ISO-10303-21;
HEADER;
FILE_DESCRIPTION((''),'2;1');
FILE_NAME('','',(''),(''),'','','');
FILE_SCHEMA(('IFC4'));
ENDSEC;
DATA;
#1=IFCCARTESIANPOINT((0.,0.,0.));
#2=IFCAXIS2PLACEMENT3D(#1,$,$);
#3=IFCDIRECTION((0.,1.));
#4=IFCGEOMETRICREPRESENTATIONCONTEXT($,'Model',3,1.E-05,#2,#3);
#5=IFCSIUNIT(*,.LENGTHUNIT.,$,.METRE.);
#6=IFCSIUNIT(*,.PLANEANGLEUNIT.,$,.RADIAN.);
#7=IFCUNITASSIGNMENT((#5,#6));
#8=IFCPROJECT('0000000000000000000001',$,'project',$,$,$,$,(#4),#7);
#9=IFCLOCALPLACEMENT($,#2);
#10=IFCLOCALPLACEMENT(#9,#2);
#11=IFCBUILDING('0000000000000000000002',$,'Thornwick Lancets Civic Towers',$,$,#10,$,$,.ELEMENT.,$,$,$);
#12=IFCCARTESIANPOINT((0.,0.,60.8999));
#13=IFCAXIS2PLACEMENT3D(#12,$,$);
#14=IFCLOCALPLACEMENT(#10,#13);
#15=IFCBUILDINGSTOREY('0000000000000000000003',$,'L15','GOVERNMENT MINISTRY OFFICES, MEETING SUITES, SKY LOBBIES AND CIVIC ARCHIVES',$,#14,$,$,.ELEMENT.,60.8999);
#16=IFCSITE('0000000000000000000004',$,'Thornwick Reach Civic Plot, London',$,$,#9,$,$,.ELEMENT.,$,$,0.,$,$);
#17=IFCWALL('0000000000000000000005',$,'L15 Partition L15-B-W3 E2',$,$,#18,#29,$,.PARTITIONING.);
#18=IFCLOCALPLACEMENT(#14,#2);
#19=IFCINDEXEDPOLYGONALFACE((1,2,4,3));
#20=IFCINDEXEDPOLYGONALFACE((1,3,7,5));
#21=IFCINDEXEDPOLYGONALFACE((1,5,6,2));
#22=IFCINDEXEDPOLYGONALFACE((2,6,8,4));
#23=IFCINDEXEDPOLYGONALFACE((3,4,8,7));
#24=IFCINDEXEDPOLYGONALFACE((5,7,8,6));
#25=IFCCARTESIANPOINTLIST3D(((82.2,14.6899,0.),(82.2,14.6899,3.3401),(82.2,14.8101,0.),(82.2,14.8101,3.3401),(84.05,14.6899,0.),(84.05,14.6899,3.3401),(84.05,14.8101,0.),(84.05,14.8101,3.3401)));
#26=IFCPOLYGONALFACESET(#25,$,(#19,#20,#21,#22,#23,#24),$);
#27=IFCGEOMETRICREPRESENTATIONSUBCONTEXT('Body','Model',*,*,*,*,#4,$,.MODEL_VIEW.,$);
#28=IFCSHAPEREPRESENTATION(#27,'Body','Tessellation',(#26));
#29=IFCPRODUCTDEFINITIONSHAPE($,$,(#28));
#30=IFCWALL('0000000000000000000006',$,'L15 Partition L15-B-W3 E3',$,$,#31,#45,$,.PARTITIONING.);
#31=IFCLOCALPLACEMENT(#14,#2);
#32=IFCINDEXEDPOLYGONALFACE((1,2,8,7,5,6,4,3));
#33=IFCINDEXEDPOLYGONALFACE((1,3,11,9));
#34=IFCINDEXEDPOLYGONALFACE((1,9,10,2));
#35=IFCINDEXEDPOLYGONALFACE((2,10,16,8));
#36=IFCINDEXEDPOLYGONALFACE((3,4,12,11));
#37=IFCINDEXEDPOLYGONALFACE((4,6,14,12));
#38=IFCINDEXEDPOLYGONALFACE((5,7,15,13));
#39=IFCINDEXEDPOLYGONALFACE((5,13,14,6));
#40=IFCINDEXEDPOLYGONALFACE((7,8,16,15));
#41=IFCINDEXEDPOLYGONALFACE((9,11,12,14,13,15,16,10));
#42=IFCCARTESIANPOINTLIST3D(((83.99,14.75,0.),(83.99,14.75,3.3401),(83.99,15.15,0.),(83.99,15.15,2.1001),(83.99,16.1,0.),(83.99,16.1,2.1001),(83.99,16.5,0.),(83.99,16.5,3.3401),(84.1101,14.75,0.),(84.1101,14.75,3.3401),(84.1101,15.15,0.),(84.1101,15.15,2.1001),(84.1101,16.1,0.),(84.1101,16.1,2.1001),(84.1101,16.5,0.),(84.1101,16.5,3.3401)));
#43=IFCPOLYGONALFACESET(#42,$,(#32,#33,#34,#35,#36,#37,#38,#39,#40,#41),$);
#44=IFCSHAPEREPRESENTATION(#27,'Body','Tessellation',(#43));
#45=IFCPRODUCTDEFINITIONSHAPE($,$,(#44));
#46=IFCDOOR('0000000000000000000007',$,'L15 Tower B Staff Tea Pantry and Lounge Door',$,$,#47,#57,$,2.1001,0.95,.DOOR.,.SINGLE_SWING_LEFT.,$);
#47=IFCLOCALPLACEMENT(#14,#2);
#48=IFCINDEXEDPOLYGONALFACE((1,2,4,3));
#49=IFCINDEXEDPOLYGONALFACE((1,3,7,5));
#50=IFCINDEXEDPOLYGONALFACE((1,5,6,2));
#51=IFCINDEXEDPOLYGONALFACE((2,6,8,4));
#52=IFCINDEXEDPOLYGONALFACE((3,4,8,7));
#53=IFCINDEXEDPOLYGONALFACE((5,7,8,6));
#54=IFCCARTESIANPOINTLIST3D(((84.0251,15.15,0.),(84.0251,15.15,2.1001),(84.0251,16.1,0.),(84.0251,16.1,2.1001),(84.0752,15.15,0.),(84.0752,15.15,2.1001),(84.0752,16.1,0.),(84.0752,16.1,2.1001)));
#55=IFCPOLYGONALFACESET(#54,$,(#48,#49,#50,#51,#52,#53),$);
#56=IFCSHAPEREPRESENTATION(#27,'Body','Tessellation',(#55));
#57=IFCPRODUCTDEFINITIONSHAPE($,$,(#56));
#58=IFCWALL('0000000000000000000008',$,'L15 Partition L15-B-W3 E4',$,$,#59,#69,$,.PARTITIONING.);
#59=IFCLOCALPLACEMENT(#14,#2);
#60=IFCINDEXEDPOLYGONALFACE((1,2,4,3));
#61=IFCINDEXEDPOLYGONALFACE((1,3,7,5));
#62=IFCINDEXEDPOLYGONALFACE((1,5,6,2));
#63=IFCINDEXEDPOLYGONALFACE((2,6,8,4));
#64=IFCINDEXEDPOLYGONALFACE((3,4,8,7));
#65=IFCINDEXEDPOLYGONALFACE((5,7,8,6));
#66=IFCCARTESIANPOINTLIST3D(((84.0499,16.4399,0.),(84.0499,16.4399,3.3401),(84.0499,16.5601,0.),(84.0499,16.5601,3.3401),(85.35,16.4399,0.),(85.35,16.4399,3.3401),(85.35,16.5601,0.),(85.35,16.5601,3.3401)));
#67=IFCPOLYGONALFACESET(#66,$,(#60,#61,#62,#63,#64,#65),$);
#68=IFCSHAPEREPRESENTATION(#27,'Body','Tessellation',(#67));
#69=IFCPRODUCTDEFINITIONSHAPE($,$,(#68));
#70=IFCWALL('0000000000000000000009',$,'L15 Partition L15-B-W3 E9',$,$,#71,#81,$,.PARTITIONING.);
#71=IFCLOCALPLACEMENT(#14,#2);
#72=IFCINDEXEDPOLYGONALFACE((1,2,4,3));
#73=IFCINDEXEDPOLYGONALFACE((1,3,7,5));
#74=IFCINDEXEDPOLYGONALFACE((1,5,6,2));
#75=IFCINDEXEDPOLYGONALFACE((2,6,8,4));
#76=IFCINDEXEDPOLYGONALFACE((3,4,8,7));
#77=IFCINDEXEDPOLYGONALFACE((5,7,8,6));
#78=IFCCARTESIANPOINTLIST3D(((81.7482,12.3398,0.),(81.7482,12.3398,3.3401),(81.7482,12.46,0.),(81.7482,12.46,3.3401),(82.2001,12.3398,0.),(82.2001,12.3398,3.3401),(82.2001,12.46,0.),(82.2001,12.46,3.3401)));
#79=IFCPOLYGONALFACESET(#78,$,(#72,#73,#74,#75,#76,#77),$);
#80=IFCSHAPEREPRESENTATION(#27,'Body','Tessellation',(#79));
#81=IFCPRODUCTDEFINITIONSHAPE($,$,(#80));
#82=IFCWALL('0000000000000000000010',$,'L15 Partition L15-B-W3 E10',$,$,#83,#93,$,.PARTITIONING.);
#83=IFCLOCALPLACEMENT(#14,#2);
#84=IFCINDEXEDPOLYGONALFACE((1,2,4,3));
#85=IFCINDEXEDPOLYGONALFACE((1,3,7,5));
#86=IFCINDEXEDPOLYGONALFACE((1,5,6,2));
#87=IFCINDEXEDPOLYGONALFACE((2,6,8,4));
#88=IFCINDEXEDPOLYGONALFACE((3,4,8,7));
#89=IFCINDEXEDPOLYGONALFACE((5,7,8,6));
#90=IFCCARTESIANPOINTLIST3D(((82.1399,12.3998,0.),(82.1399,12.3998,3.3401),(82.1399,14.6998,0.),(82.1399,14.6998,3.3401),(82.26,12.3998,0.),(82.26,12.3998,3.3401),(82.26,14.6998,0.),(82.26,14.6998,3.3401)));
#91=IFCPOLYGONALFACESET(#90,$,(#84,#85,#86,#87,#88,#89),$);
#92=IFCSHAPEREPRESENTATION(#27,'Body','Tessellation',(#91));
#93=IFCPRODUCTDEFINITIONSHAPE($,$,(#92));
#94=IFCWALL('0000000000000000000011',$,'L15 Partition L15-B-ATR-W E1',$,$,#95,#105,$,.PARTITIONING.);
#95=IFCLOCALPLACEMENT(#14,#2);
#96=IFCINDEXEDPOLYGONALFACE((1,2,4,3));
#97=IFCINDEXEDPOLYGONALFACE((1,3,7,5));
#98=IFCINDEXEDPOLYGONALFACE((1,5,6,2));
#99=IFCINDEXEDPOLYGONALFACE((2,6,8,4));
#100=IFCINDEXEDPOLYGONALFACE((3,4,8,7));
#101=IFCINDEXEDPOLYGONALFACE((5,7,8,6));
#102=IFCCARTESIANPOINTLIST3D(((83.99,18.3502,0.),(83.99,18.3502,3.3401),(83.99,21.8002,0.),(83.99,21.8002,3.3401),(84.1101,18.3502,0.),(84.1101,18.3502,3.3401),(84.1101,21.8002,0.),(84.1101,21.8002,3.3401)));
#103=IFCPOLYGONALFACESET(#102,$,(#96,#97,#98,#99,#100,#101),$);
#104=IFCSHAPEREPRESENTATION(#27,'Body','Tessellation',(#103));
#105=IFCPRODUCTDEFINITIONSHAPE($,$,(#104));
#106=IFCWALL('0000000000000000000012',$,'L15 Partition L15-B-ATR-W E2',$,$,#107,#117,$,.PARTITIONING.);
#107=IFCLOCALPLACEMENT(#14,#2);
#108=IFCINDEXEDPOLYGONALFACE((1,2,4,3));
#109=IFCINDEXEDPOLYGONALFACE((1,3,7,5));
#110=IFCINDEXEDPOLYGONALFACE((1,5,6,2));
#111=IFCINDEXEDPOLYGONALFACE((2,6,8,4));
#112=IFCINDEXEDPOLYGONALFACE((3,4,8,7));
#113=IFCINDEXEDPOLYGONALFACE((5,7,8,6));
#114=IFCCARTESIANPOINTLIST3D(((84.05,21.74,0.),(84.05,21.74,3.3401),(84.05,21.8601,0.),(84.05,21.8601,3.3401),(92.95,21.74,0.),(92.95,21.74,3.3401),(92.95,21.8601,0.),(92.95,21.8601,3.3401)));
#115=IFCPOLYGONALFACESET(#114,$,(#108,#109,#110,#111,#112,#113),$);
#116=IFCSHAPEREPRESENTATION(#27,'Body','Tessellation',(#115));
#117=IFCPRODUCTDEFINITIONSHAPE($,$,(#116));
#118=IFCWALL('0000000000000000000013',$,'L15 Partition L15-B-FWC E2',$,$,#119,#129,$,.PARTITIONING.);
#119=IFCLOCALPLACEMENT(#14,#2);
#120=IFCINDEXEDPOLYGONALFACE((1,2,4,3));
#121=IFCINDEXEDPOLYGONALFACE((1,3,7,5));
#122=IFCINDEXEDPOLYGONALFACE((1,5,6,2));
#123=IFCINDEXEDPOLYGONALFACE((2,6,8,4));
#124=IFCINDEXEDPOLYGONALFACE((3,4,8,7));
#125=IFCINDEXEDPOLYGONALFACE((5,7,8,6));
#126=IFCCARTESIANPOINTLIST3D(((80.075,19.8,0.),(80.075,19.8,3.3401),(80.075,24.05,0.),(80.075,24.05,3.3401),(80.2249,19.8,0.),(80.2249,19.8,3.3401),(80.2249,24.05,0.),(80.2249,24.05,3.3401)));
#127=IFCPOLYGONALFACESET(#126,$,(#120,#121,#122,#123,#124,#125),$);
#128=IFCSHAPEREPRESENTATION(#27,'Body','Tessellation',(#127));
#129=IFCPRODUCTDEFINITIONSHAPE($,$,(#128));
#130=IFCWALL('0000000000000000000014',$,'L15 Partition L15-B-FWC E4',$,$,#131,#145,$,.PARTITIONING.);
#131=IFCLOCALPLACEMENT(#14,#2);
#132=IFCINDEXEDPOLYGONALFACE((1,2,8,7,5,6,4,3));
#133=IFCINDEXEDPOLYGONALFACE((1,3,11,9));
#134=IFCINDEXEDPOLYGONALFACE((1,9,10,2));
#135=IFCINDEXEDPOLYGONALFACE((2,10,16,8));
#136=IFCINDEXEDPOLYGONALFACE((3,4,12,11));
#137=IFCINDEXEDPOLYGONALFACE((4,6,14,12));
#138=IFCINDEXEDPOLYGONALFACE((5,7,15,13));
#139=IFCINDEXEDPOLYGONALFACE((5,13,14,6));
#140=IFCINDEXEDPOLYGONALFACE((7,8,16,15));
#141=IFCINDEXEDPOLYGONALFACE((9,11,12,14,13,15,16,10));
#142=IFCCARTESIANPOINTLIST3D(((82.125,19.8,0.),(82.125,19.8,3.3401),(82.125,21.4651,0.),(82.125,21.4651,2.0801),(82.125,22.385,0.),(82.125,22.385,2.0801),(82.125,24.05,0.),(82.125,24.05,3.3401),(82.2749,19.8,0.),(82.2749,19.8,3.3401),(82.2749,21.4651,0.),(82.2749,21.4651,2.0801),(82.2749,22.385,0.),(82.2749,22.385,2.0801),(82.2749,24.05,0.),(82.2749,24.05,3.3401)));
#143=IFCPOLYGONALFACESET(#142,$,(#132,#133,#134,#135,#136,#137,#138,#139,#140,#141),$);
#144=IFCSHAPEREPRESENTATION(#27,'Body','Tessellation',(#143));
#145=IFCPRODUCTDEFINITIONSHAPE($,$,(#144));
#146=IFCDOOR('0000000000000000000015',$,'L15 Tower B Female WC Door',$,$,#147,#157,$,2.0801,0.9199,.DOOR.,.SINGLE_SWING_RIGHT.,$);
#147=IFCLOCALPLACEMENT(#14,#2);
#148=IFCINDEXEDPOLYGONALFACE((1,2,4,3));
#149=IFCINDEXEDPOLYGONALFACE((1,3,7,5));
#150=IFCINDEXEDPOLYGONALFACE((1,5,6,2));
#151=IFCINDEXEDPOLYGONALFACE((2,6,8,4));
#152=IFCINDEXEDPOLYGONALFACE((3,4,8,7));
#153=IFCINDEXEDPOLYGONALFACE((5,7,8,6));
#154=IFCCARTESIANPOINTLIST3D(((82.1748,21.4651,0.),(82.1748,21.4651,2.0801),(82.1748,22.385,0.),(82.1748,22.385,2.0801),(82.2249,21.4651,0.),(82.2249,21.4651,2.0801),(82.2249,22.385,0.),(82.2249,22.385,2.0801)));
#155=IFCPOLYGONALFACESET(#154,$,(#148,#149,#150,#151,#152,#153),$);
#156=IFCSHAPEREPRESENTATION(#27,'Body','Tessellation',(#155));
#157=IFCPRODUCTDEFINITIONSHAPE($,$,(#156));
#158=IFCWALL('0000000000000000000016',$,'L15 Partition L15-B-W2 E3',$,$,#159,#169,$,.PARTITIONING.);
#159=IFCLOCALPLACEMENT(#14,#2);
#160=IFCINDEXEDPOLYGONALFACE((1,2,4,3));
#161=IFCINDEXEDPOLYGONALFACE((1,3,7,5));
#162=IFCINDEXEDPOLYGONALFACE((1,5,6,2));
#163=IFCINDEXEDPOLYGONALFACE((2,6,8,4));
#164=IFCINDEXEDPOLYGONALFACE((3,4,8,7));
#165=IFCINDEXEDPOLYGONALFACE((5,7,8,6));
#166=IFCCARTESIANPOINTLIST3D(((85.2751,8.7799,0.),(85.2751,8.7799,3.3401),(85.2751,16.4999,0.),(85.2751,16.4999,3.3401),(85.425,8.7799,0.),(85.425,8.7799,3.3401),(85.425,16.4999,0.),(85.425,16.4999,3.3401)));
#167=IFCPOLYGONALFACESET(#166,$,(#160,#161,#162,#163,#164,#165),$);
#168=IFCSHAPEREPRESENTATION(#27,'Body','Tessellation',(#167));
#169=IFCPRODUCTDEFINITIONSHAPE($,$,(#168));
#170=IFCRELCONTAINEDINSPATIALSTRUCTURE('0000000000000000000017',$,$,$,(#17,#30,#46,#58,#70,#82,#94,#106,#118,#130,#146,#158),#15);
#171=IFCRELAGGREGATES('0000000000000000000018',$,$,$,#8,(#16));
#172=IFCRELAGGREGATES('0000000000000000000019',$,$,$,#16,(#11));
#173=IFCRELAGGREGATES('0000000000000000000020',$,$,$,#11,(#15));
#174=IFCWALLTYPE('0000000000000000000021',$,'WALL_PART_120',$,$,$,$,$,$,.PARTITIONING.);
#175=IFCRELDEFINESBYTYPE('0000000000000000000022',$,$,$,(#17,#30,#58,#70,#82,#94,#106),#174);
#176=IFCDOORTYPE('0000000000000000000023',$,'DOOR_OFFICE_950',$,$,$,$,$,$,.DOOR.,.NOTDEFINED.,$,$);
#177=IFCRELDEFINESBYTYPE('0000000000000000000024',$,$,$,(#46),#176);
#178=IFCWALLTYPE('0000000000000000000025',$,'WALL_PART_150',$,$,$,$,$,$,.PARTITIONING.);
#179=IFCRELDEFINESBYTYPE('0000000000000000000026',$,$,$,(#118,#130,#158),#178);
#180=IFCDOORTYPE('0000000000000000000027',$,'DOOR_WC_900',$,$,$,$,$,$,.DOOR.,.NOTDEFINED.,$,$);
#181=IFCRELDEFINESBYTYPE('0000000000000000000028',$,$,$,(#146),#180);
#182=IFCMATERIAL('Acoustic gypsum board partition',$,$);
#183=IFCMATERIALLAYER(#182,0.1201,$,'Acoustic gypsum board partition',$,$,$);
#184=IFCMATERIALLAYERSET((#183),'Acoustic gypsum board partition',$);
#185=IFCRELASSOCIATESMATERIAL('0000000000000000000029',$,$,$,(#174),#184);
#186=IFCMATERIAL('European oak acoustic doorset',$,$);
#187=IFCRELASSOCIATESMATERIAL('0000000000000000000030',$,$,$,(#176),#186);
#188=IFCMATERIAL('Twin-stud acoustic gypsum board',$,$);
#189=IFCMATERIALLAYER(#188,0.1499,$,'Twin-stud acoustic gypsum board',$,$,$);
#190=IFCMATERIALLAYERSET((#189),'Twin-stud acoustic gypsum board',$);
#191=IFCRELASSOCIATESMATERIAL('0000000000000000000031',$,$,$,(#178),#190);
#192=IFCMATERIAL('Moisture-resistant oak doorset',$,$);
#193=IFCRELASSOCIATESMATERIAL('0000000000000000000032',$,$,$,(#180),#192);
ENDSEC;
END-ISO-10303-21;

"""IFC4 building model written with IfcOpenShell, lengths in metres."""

from ifc_helpers import new_model, si_unit, direction, frame, frame_2d, origin, place, context, subcontext, project, spatial, rectangle, extrude, material, layer, layer_set, type_object, element, fill, save


model = new_model("IFC4")

# Units and contexts
model_context = context("Model", 3, precision=1e-05, world=origin(), true_north=direction((0.0, 1.0)))
body_context = subcontext(model_context, "Body", "Model", "MODEL_VIEW")
ifc_project = project(units=[si_unit("LENGTHUNIT", "METRE"), si_unit("PLANEANGLEUNIT", "RADIAN")], contexts=[model_context])

# Site, building, storey
site_placement = place(None, origin())
site = spatial("IfcSite", under=ifc_project, at=site_placement, Name="Thornwick Reach Civic Plot, London", CompositionType="ELEMENT", RefElevation=0.0)
building_placement = place(site_placement, origin())
building = spatial("IfcBuilding", under=site, at=building_placement, Name="Thornwick Lancets Civic Towers", CompositionType="ELEMENT")
storey_placement = place(building_placement, frame((0.0, 0.0, 60.8999)))
storey = spatial("IfcBuildingStorey", under=building, at=storey_placement, Name="L15", Description="GOVERNMENT MINISTRY OFFICES, MEETING SUITES, SKY LOBBIES AND CIVIC ARCHIVES", CompositionType="ELEMENT", Elevation=60.8999)

# Wall
ifc_material_1 = material(Name="Acoustic gypsum board partition")
ifc_layer_1 = layer(ifc_material_1, 0.1201, Name="Acoustic gypsum board partition")
ifc_layer_set_1 = layer_set([ifc_layer_1], Name="Acoustic gypsum board partition")
wall_type_1 = type_object("IfcWallType", Name="WALL_PART_120", PredefinedType="PARTITIONING", material=ifc_layer_set_1)
wall_1_placement = place(storey_placement, frame((82.2, 14.75, 0.0), z_axis=(0.0, 0.0, 1.0), x_axis=(1.0, 0.0, 0.0)))
element("IfcWall", 1, at=wall_1_placement, inside=storey, type_object=wall_type_1, Name="L15 Partition L15-B-W3 E2", PredefinedType="PARTITIONING", context=body_context, shape_type="SweptSolid", body=[
    extrude(rectangle(XDim=1.8501, YDim=0.1201, at=frame_2d((0.925, 0.0))), origin(), (0.0, 0.0, 1.0), 3.3401),
])

# Wall, opening, door
wall_2_placement = place(storey_placement, frame((84.05, 14.75, 0.0), z_axis=(0.0, 0.0, 1.0), x_axis=(0.0, 1.0, 0.0)))
wall_2 = element("IfcWall", 2, at=wall_2_placement, inside=storey, type_object=wall_type_1, Name="L15 Partition L15-B-W3 E3", PredefinedType="PARTITIONING", context=body_context, shape_type="SweptSolid", body=[
    extrude(rectangle(XDim=1.75, YDim=0.1201, at=frame_2d((0.875, 0.0))), origin(), (0.0, 0.0, 1.0), 3.3401),
])
opening_1_placement = place(wall_2_placement, frame((0.3999, 0.0, 0.0)))
opening_1 = element("IfcOpeningElement", 3, at=opening_1_placement, cuts=wall_2, PredefinedType="OPENING", context=body_context, shape_type="SweptSolid", body=[
    extrude(rectangle(XDim=0.95, YDim=2.1001, at=frame_2d((0.4751, 1.05))), frame((0.0, 0.0701, 0.0), z_axis=(0.0, -1.0, 0.0), x_axis=(1.0, 0.0, 0.0)), (0.0, 0.0, 1.0), 0.1401),
])
ifc_material_2 = material(Name="European oak acoustic doorset")
door_type_1 = type_object("IfcDoorType", Name="DOOR_OFFICE_950", OperationType="NOTDEFINED", PredefinedType="DOOR", material=ifc_material_2)
door_1_placement = place(opening_1_placement, origin())
door_1 = element("IfcDoor", 4, at=door_1_placement, inside=storey, type_object=door_type_1, Name="L15 Tower B Staff Tea Pantry and Lounge Door", OperationType="SINGLE_SWING_LEFT", OverallHeight=2.1001, OverallWidth=0.95, PredefinedType="DOOR", context=body_context, shape_type="SweptSolid", body=[
    extrude(rectangle(XDim=0.95, YDim=2.1001, at=frame_2d((0.4751, 1.05))), frame((0.0, 0.0249, 0.0), z_axis=(0.0, -1.0, 0.0), x_axis=(1.0, 0.0, 0.0)), (0.0, 0.0, 1.0), 0.05),
])
fill(opening_1, door_1)

# Walls
wall_3_placement = place(storey_placement, frame((84.05, 16.5, 0.0), z_axis=(0.0, 0.0, 1.0), x_axis=(1.0, 0.0, 0.0)))
element("IfcWall", 5, at=wall_3_placement, inside=storey, type_object=wall_type_1, Name="L15 Partition L15-B-W3 E4", PredefinedType="PARTITIONING", context=body_context, shape_type="SweptSolid", body=[
    extrude(rectangle(XDim=1.3, YDim=0.1201, at=frame_2d((0.6499, 0.0))), origin(), (0.0, 0.0, 1.0), 3.3401),
])
wall_4_placement = place(storey_placement, frame((81.748, 12.3999, 0.0), z_axis=(0.0, 0.0, 1.0), x_axis=(1.0, 0.0, 0.0)))
element("IfcWall", 6, at=wall_4_placement, inside=storey, type_object=wall_type_1, Name="L15 Partition L15-B-W3 E9", PredefinedType="PARTITIONING", context=body_context, shape_type="SweptSolid", body=[
    extrude(rectangle(XDim=0.4519, YDim=0.1201, at=frame_2d((0.2261, 0.0))), origin(), (0.0, 0.0, 1.0), 3.3401),
])
wall_5_placement = place(storey_placement, frame((82.2, 12.3999, 0.0), z_axis=(0.0, 0.0, 1.0), x_axis=(0.0, 1.0, 0.0)))
element("IfcWall", 7, at=wall_5_placement, inside=storey, type_object=wall_type_1, Name="L15 Partition L15-B-W3 E10", PredefinedType="PARTITIONING", context=body_context, shape_type="SweptSolid", body=[
    extrude(rectangle(XDim=2.3, YDim=0.1201, at=frame_2d((1.1499, 0.0))), origin(), (0.0, 0.0, 1.0), 3.3401),
])
wall_6_placement = place(storey_placement, frame((84.05, 18.3501, 0.0), z_axis=(0.0, 0.0, 1.0), x_axis=(0.0, 1.0, 0.0)))
element("IfcWall", 8, at=wall_6_placement, inside=storey, type_object=wall_type_1, Name="L15 Partition L15-B-ATR-W E1", PredefinedType="PARTITIONING", context=body_context, shape_type="SweptSolid", body=[
    extrude(rectangle(XDim=3.45, YDim=0.1201, at=frame_2d((1.7251, 0.0))), origin(), (0.0, 0.0, 1.0), 3.3401),
])
wall_7_placement = place(storey_placement, frame((84.05, 21.8, 0.0), z_axis=(0.0, 0.0, 1.0), x_axis=(1.0, 0.0, 0.0)))
element("IfcWall", 9, at=wall_7_placement, inside=storey, type_object=wall_type_1, Name="L15 Partition L15-B-ATR-W E2", PredefinedType="PARTITIONING", context=body_context, shape_type="SweptSolid", body=[
    extrude(rectangle(XDim=8.8999, YDim=0.1201, at=frame_2d((4.45, 0.0))), origin(), (0.0, 0.0, 1.0), 3.3401),
])
ifc_material_3 = material(Name="Twin-stud acoustic gypsum board")
ifc_layer_2 = layer(ifc_material_3, 0.1499, Name="Twin-stud acoustic gypsum board")
ifc_layer_set_2 = layer_set([ifc_layer_2], Name="Twin-stud acoustic gypsum board")
wall_type_2 = type_object("IfcWallType", Name="WALL_PART_150", PredefinedType="PARTITIONING", material=ifc_layer_set_2)
wall_8_placement = place(storey_placement, frame((80.1499, 19.8, 0.0), z_axis=(0.0, 0.0, 1.0), x_axis=(0.0, 1.0, 0.0)))
element("IfcWall", 10, at=wall_8_placement, inside=storey, type_object=wall_type_2, Name="L15 Partition L15-B-FWC E2", PredefinedType="PARTITIONING", context=body_context, shape_type="SweptSolid", body=[
    extrude(rectangle(XDim=4.25, YDim=0.1499, at=frame_2d((2.125, 0.0))), origin(), (0.0, 0.0, 1.0), 3.3401),
])

# Wall, opening, door
wall_9_placement = place(storey_placement, frame((82.2, 24.05, 0.0), z_axis=(0.0, 0.0, 1.0), x_axis=(0.0, -1.0, 0.0)))
wall_9 = element("IfcWall", 11, at=wall_9_placement, inside=storey, type_object=wall_type_2, Name="L15 Partition L15-B-FWC E4", PredefinedType="PARTITIONING", context=body_context, shape_type="SweptSolid", body=[
    extrude(rectangle(XDim=4.25, YDim=0.1499, at=frame_2d((2.125, 0.0))), origin(), (0.0, 0.0, 1.0), 3.3401),
])
opening_2_placement = place(wall_9_placement, frame((1.665, 0.0, 0.0)))
opening_2 = element("IfcOpeningElement", 12, at=opening_2_placement, cuts=wall_9, PredefinedType="OPENING", context=body_context, shape_type="SweptSolid", body=[
    extrude(rectangle(XDim=0.9199, YDim=2.0801, at=frame_2d((0.46, 1.04))), frame((0.0, 0.085, 0.0), z_axis=(0.0, -1.0, 0.0), x_axis=(1.0, 0.0, 0.0)), (0.0, 0.0, 1.0), 0.1699),
])
ifc_material_4 = material(Name="Moisture-resistant oak doorset")
door_type_2 = type_object("IfcDoorType", Name="DOOR_WC_900", OperationType="NOTDEFINED", PredefinedType="DOOR", material=ifc_material_4)
door_2_placement = place(opening_2_placement, origin())
door_2 = element("IfcDoor", 13, at=door_2_placement, inside=storey, type_object=door_type_2, Name="L15 Tower B Female WC Door", OperationType="SINGLE_SWING_RIGHT", OverallHeight=2.0801, OverallWidth=0.9199, PredefinedType="DOOR", context=body_context, shape_type="SweptSolid", body=[
    extrude(rectangle(XDim=0.9199, YDim=2.0801, at=frame_2d((0.46, 1.04))), frame((0.0, 0.0249, 0.0), z_axis=(0.0, -1.0, 0.0), x_axis=(1.0, 0.0, 0.0)), (0.0, 0.0, 1.0), 0.05),
])
fill(opening_2, door_2)

# Wall
wall_10_placement = place(storey_placement, frame((85.3501, 8.78, 0.0), z_axis=(0.0, 0.0, 1.0), x_axis=(0.0, 1.0, 0.0)))
element("IfcWall", 14, at=wall_10_placement, inside=storey, type_object=wall_type_2, Name="L15 Partition L15-B-W2 E3", PredefinedType="PARTITIONING", context=body_context, shape_type="SweptSolid", body=[
    extrude(rectangle(XDim=7.72, YDim=0.1499, at=frame_2d((3.8599, 0.0))), origin(), (0.0, 0.0, 1.0), 3.3401),
])

save(model, "model.ifc")
